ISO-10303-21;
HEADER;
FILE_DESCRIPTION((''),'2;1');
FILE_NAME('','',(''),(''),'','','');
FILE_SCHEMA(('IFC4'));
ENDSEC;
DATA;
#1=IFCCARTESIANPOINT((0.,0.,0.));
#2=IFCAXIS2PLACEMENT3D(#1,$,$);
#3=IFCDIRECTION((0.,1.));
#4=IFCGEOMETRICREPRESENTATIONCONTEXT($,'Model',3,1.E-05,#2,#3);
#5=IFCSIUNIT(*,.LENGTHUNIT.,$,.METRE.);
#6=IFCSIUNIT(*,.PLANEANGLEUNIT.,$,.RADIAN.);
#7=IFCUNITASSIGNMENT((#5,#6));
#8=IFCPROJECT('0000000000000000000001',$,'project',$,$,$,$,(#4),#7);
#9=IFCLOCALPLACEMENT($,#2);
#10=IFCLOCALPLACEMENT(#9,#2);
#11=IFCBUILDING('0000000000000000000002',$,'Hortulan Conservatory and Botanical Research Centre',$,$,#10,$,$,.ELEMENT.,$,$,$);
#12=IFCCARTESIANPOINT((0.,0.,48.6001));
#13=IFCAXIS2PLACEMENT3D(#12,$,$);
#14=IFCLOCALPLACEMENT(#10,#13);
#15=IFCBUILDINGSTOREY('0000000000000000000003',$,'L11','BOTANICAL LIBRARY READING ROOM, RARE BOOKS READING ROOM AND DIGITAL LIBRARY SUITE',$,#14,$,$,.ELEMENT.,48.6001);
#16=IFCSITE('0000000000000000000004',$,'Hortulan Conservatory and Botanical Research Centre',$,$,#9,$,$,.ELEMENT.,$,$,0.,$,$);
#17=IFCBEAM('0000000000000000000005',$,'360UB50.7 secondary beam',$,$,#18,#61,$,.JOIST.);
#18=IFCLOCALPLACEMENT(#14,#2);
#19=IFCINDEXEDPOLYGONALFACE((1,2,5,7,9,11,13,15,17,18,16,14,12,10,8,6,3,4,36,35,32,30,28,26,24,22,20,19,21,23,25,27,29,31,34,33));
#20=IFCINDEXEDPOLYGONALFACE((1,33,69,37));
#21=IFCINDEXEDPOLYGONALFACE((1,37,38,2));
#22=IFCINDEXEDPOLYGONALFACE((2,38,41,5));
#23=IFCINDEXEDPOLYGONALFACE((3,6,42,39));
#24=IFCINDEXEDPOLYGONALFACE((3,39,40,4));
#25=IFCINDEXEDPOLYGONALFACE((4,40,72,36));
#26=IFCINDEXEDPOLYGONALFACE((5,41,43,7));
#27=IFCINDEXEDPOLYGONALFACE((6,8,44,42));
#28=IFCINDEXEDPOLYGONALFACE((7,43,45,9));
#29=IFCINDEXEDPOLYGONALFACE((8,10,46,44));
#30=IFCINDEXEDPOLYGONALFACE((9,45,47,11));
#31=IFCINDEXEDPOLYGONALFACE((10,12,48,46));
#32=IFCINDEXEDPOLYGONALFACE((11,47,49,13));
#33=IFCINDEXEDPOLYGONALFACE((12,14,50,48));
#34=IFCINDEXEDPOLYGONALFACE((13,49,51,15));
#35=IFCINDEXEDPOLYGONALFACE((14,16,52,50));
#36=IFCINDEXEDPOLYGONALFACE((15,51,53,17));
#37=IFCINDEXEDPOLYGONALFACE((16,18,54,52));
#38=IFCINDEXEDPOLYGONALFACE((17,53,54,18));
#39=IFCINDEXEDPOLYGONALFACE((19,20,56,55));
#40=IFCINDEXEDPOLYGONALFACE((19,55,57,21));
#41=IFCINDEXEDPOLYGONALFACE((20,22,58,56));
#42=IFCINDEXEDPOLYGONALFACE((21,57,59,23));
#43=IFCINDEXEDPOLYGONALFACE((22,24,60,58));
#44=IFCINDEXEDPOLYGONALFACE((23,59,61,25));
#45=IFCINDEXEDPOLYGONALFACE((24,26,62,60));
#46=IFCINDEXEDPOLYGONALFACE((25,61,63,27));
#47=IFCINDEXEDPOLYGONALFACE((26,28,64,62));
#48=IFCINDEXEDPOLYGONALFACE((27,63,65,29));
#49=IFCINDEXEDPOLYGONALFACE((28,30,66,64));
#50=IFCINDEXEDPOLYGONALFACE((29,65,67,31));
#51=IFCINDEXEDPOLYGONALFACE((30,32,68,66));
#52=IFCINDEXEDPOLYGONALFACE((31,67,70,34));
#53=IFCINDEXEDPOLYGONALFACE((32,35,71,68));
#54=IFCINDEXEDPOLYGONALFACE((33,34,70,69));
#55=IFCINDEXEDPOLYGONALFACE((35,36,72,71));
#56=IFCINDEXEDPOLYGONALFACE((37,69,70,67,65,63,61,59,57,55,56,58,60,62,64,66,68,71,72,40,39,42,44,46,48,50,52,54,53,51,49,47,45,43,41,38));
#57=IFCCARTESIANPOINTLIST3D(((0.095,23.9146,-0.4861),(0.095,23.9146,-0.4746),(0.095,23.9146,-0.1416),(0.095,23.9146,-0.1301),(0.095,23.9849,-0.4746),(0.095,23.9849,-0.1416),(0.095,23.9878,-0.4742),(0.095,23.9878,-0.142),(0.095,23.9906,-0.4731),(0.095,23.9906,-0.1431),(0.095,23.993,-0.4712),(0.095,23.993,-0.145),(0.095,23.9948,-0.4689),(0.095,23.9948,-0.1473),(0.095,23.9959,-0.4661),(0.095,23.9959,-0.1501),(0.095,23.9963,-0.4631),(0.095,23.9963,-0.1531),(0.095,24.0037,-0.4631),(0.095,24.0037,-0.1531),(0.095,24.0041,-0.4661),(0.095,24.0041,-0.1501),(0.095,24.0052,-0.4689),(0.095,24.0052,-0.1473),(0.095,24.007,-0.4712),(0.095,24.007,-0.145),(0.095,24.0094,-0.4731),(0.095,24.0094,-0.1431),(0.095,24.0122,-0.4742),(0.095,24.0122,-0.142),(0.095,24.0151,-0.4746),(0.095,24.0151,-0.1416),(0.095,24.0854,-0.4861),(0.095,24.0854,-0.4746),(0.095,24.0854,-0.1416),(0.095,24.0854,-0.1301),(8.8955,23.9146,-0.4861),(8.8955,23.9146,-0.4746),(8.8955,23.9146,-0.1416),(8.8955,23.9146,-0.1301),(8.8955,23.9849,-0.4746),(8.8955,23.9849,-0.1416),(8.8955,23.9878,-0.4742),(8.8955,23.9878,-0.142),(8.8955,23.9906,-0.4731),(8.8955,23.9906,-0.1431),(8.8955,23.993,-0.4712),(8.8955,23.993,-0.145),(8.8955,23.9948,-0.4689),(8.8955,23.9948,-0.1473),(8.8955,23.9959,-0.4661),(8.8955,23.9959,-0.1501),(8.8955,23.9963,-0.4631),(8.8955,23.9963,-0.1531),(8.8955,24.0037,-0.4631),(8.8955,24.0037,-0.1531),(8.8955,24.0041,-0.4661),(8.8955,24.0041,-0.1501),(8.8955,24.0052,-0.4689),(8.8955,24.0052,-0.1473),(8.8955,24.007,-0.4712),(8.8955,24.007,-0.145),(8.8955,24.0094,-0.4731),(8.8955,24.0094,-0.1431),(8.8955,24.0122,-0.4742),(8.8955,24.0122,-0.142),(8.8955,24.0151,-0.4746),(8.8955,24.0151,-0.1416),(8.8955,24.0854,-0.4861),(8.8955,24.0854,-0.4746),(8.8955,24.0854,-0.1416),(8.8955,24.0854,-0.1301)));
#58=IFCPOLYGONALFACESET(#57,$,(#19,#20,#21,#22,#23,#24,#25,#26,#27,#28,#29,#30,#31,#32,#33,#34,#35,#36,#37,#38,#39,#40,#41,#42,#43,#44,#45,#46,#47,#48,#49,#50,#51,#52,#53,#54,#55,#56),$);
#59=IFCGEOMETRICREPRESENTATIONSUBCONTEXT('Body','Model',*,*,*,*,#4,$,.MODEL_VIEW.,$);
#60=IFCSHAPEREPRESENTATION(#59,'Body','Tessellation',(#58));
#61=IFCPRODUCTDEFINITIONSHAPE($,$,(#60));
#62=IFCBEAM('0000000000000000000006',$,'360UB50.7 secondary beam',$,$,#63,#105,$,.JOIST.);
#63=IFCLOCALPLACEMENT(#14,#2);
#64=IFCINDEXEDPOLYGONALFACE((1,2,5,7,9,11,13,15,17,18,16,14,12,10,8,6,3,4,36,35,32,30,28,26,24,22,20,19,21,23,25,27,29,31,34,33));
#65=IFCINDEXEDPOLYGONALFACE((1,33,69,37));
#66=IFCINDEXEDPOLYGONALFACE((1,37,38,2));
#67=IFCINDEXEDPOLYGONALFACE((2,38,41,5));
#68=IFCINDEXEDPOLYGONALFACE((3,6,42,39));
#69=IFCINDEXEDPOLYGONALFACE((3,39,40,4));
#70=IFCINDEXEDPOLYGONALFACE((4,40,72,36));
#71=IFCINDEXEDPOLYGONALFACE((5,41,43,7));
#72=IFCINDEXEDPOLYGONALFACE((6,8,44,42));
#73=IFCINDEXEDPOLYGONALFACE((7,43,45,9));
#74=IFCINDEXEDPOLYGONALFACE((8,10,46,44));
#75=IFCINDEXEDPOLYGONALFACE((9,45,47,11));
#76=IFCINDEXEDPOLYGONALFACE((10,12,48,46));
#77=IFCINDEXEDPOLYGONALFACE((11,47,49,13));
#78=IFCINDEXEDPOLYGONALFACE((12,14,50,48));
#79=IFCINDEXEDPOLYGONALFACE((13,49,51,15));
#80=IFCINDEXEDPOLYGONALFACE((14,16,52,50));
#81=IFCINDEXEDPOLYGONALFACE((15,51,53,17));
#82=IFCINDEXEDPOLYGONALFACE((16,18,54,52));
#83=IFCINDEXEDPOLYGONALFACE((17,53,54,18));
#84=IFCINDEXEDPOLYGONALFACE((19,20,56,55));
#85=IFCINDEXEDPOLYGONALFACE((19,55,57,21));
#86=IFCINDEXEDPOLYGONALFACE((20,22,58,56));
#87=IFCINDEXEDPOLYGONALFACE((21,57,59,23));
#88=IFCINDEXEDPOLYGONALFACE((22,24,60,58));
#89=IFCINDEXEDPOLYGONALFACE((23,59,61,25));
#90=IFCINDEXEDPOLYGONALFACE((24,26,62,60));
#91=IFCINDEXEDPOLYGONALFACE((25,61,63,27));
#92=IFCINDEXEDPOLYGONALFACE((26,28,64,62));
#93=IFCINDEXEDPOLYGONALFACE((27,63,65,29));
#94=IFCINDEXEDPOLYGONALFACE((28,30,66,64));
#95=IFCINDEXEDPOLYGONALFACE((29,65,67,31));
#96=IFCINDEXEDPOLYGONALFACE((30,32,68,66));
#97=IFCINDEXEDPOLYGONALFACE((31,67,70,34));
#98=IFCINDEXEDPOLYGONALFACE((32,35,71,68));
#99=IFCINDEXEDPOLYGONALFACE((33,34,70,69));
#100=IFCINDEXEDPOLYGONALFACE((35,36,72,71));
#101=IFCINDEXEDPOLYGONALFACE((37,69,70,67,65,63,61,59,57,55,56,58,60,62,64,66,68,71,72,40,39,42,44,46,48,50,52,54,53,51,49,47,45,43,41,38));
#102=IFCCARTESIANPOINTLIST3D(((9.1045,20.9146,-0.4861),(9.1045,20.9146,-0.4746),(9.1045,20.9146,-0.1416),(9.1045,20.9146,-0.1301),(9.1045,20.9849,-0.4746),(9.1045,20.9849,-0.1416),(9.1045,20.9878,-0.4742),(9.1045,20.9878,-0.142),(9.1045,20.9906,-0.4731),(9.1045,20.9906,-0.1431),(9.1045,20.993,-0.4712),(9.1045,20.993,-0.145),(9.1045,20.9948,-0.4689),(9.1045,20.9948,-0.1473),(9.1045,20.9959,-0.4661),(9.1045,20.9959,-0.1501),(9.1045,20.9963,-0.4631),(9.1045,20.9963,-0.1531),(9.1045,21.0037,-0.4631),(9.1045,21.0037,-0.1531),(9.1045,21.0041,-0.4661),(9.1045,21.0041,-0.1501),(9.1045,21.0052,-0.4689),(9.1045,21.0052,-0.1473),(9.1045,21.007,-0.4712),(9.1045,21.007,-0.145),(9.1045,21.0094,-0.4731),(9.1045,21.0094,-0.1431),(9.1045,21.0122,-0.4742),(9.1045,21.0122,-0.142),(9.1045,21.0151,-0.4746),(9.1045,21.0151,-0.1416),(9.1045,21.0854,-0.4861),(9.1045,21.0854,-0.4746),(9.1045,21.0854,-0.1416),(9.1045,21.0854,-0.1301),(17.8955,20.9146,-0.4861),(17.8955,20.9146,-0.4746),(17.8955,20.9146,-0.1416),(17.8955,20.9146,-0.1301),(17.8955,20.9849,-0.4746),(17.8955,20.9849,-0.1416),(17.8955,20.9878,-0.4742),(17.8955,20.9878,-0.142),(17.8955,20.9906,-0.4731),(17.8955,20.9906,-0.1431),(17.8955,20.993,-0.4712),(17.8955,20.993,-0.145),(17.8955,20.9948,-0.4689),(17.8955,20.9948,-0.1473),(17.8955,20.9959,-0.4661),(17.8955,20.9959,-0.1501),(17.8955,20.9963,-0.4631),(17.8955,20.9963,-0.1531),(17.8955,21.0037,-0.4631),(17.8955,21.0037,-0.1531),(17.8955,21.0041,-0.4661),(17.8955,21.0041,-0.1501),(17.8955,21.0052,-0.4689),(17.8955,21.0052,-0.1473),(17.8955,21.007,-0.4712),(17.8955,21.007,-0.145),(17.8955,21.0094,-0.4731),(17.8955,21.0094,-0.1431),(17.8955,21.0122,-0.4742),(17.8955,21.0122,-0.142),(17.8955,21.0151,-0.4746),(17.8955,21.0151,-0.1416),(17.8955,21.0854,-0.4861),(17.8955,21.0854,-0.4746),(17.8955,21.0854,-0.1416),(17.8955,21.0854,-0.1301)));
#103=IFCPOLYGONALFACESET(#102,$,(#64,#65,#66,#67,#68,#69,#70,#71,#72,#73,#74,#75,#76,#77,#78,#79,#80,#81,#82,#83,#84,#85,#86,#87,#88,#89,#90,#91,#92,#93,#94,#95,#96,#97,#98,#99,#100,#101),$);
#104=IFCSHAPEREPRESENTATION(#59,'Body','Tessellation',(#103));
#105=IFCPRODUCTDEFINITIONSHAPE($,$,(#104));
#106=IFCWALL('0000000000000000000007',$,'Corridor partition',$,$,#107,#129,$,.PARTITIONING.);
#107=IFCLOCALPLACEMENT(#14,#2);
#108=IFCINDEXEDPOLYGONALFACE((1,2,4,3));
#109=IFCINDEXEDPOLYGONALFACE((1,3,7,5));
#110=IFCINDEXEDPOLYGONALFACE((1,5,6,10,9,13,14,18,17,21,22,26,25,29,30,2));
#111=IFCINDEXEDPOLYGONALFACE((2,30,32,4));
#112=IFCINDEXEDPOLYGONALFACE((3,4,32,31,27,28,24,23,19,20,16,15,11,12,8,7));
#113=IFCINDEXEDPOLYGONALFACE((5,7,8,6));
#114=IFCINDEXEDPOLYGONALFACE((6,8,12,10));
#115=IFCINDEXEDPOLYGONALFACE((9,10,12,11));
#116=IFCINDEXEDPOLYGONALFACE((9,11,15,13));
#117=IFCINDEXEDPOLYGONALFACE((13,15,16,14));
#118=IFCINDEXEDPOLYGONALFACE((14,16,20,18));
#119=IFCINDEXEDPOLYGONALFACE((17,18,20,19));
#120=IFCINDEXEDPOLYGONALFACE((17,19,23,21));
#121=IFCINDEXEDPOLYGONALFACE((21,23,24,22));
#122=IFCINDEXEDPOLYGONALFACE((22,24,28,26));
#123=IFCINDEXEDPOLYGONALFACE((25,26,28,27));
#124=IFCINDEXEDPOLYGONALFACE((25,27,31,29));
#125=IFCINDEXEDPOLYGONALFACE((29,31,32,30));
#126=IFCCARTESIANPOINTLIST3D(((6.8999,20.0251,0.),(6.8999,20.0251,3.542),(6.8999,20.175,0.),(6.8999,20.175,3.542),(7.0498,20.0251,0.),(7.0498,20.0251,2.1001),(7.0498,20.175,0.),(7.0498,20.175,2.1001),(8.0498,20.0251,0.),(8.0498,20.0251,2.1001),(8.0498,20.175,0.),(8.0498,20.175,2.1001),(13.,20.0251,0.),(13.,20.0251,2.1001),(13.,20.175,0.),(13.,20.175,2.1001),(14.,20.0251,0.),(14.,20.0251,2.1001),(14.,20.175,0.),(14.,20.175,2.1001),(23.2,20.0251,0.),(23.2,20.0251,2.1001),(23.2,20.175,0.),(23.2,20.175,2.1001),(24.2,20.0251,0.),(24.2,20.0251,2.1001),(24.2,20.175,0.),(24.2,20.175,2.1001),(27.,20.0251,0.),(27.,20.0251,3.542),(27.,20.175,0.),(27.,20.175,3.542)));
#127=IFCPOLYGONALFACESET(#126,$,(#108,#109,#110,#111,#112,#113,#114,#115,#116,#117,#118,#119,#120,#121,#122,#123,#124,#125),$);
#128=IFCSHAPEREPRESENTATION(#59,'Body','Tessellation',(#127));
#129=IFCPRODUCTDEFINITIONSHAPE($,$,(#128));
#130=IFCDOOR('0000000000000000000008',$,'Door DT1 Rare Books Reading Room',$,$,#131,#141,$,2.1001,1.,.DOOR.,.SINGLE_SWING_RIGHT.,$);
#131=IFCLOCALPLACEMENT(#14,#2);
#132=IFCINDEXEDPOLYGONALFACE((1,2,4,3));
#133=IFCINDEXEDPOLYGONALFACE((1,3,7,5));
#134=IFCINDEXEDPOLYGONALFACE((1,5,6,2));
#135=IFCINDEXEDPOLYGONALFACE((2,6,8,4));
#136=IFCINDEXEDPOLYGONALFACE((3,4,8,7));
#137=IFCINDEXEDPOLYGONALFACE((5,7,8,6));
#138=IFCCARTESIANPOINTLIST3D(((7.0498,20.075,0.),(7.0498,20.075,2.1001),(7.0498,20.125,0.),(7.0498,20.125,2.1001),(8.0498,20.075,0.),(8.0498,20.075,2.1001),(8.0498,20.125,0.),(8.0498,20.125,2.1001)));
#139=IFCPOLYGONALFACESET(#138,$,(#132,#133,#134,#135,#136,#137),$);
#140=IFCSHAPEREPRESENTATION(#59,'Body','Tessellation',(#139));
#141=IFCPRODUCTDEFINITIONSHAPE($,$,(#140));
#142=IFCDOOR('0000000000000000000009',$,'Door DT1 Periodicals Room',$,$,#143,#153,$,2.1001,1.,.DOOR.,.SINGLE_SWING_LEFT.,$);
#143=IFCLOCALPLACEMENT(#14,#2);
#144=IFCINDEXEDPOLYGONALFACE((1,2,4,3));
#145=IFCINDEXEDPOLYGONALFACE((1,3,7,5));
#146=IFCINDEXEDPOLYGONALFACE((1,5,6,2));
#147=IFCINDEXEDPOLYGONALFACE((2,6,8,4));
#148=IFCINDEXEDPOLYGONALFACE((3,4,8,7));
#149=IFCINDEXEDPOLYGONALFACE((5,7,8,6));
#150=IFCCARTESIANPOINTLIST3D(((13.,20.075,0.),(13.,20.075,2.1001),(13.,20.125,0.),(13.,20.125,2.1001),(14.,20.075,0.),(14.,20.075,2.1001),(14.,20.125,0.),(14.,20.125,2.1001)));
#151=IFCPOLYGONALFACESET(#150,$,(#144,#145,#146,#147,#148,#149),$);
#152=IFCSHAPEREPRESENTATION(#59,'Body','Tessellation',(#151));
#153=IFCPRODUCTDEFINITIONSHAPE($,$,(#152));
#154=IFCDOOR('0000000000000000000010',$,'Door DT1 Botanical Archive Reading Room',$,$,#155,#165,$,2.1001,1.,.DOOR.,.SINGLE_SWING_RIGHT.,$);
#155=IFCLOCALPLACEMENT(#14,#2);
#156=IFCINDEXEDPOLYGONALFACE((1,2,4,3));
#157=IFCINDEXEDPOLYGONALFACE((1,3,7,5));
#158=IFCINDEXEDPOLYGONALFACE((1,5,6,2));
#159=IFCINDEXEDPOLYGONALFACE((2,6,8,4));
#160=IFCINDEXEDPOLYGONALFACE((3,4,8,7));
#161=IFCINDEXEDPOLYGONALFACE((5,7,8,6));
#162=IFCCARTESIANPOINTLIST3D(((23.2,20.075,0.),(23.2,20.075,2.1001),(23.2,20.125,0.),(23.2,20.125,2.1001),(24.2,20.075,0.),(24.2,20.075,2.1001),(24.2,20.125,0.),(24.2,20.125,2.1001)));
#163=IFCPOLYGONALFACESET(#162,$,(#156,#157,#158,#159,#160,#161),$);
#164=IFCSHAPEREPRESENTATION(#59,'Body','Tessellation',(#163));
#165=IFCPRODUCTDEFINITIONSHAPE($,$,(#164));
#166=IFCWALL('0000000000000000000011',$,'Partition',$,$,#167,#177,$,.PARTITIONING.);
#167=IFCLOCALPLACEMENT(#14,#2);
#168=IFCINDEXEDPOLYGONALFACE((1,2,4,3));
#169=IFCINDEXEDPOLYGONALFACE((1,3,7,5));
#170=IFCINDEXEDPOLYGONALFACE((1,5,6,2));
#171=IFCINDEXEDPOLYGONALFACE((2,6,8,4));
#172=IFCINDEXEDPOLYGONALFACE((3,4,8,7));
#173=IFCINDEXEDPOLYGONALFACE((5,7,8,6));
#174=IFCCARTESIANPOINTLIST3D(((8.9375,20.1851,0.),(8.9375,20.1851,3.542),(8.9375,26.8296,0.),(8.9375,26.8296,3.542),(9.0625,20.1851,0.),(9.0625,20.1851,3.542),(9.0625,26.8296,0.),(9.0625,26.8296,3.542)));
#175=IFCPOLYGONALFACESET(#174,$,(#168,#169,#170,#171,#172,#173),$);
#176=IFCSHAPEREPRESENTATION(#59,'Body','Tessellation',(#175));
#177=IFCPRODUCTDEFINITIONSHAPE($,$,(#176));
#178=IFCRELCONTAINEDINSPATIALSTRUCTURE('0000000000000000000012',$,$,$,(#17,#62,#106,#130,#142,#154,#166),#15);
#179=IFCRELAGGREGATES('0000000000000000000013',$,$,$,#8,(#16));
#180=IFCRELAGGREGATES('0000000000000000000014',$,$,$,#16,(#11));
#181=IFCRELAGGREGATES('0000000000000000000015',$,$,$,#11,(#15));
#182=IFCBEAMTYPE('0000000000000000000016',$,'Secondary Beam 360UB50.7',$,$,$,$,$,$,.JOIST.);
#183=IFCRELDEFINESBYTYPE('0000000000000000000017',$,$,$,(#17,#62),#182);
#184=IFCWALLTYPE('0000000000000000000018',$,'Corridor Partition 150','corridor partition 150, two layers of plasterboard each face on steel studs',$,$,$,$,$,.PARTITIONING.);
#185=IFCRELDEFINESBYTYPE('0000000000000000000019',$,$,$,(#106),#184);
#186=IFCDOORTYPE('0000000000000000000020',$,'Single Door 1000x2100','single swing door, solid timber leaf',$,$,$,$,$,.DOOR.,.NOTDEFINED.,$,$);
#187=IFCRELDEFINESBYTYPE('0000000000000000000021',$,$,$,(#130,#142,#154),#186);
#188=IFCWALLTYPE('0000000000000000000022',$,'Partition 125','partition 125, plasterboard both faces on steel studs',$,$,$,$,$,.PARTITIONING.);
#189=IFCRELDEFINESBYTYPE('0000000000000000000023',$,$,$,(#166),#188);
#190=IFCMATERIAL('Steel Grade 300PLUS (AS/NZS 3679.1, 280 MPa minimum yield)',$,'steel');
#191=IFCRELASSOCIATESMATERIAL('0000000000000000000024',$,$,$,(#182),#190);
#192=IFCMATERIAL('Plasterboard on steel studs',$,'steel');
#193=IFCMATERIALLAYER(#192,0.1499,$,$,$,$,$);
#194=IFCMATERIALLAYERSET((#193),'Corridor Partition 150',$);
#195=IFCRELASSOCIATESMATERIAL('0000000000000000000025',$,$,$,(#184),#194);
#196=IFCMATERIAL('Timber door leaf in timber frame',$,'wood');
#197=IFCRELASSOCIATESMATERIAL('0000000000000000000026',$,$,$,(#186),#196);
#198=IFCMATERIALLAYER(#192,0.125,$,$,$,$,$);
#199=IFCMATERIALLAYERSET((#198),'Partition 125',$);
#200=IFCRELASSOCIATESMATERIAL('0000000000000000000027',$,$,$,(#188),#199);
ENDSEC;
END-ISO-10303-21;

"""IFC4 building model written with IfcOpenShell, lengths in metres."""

from ifc_helpers import new_model, si_unit, direction, frame, frame_2d, origin, origin_2d, place, context, subcontext, project, spatial, rectangle, i_section, extrude, material, layer, layer_set, material_profile, profile_set, type_object, element, fill, save


model = new_model("IFC4")

# Units and contexts
model_context = context("Model", 3, precision=1e-05, world=origin(), true_north=direction((0.0, 1.0)))
body_context = subcontext(model_context, "Body", "Model", "MODEL_VIEW")
ifc_project = project(units=[si_unit("LENGTHUNIT", "METRE"), si_unit("PLANEANGLEUNIT", "RADIAN")], contexts=[model_context])

# Site, building, storey
site_placement = place(None, origin())
site = spatial("IfcSite", under=ifc_project, at=site_placement, Name="Hortulan Conservatory and Botanical Research Centre", CompositionType="ELEMENT", RefElevation=0.0)
building_placement = place(site_placement, origin())
building = spatial("IfcBuilding", under=site, at=building_placement, Name="Hortulan Conservatory and Botanical Research Centre", CompositionType="ELEMENT")
storey_placement = place(building_placement, frame((0.0, 0.0, 48.6001)))
storey = spatial("IfcBuildingStorey", under=building, at=storey_placement, Name="L11", Description="BOTANICAL LIBRARY READING ROOM, RARE BOOKS READING ROOM AND DIGITAL LIBRARY SUITE", CompositionType="ELEMENT", Elevation=48.6001)

# Shared definitions
ifc_material_1 = material(Name="Steel Grade 300PLUS (AS/NZS 3679.1, 280 MPa minimum yield)", Category="steel")

# Beams
ifc_material_profile_1 = material_profile(ifc_material_1, i_section(OverallWidth=0.1709, OverallDepth=0.356, WebThickness=0.0073, FlangeThickness=0.0115, FilletRadius=0.0115, at=origin_2d()), Name="360UB50.7")
ifc_profile_set_1 = profile_set([ifc_material_profile_1], Name="Steel Grade 300PLUS (AS/NZS 3679.1, 280 MPa minimum yield)")
beam_type_1 = type_object("IfcBeamType", Name="Secondary Beam 360UB50.7", PredefinedType="JOIST", material=ifc_profile_set_1)
for number, where, z_axis, x_axis, name in (
    (1, (0.095, 24.0, -0.3081), (1.0, 0.0, 0.0), (0.0, 1.0, 0.0), "360UB50.7 secondary beam"),
):
    element("IfcBeam", number, at=place(storey_placement, frame(where, z_axis=z_axis, x_axis=x_axis)), inside=storey, type_object=beam_type_1, Name=name, PredefinedType="JOIST", context=body_context, shape_type="SweptSolid", body=[
        extrude(i_section(OverallWidth=0.1709, OverallDepth=0.356, WebThickness=0.0073, FlangeThickness=0.0115, FilletRadius=0.0115, at=origin_2d()), origin(), (0.0, 0.0, 1.0), 8.8005),
    ])
beam_1_placement = place(storey_placement, frame((9.1045, 21.0, -0.3081), z_axis=(1.0, 0.0, 0.0), x_axis=(0.0, 1.0, 0.0)))
element("IfcBeam", 2, at=beam_1_placement, inside=storey, type_object=beam_type_1, Name="360UB50.7 secondary beam", PredefinedType="JOIST", context=body_context, shape_type="SweptSolid", body=[
    extrude(i_section(OverallWidth=0.1709, OverallDepth=0.356, WebThickness=0.0073, FlangeThickness=0.0115, FilletRadius=0.0115, at=origin_2d()), origin(), (0.0, 0.0, 1.0), 8.791),
])

# Wall, openings, doors
ifc_material_2 = material(Name="Plasterboard on steel studs", Category="steel")
ifc_layer_1 = layer(ifc_material_2, 0.1499)
ifc_layer_set_1 = layer_set([ifc_layer_1], Name="Corridor Partition 150")
wall_type_1 = type_object("IfcWallType", Name="Corridor Partition 150", Description="corridor partition 150, two layers of plasterboard each face on steel studs", PredefinedType="PARTITIONING", material=ifc_layer_set_1)
wall_1_placement = place(storey_placement, frame((6.8999, 20.1001, 0.0), z_axis=(0.0, 0.0, 1.0), x_axis=(1.0, 0.0, 0.0)))
wall_1 = element("IfcWall", 3, at=wall_1_placement, inside=storey, type_object=wall_type_1, Name="Corridor partition", PredefinedType="PARTITIONING", context=body_context, shape_type="SweptSolid", body=[
    extrude(rectangle(XDim=20.1001, YDim=0.1499, at=frame_2d((10.05, 0.0))), origin(), (0.0, 0.0, 1.0), 3.542),
])
opening_1_placement = place(wall_1_placement, frame((0.1499, 0.0, 0.0)))
opening_1 = element("IfcOpeningElement", 4, at=opening_1_placement, cuts=wall_1, PredefinedType="OPENING", context=body_context, shape_type="SweptSolid", body=[
    extrude(rectangle(XDim=1.0, YDim=2.1001, at=frame_2d((0.5, 1.05))), frame((0.0, 0.085, 0.0), z_axis=(0.0, -1.0, 0.0), x_axis=(1.0, 0.0, 0.0)), (0.0, 0.0, 1.0), 0.1699),
])
opening_2_placement = place(wall_1_placement, frame((6.1001, 0.0, 0.0)))
opening_2 = element("IfcOpeningElement", 5, at=opening_2_placement, cuts=wall_1, PredefinedType="OPENING", context=body_context, shape_type="SweptSolid", body=[
    extrude(rectangle(XDim=1.0, YDim=2.1001, at=frame_2d((0.5, 1.05))), frame((0.0, 0.085, 0.0), z_axis=(0.0, -1.0, 0.0), x_axis=(1.0, 0.0, 0.0)), (0.0, 0.0, 1.0), 0.1699),
])
opening_3_placement = place(wall_1_placement, frame((16.3, 0.0, 0.0)))
opening_3 = element("IfcOpeningElement", 6, at=opening_3_placement, cuts=wall_1, PredefinedType="OPENING", context=body_context, shape_type="SweptSolid", body=[
    extrude(rectangle(XDim=1.0, YDim=2.1001, at=frame_2d((0.5, 1.05))), frame((0.0, 0.085, 0.0), z_axis=(0.0, -1.0, 0.0), x_axis=(1.0, 0.0, 0.0)), (0.0, 0.0, 1.0), 0.1699),
])
ifc_material_3 = material(Name="Timber door leaf in timber frame", Category="wood")
door_type = type_object("IfcDoorType", Name="Single Door 1000x2100", Description="single swing door, solid timber leaf", OperationType="NOTDEFINED", PredefinedType="DOOR", material=ifc_material_3)
door_1_placement = place(opening_1_placement, origin())
door_1 = element("IfcDoor", 7, at=door_1_placement, inside=storey, type_object=door_type, Name="Door DT1 Rare Books Reading Room", OperationType="SINGLE_SWING_RIGHT", OverallHeight=2.1001, OverallWidth=1.0, PredefinedType="DOOR", context=body_context, shape_type="SweptSolid", body=[
    extrude(rectangle(XDim=1.0, YDim=2.1001, at=frame_2d((0.5, 1.05))), frame((0.0, 0.0249, 0.0), z_axis=(0.0, -1.0, 0.0), x_axis=(1.0, 0.0, 0.0)), (0.0, 0.0, 1.0), 0.05),
])
fill(opening_1, door_1)
door_2_placement = place(opening_2_placement, origin())
door_2 = element("IfcDoor", 8, at=door_2_placement, inside=storey, type_object=door_type, Name="Door DT1 Periodicals Room", OperationType="SINGLE_SWING_LEFT", OverallHeight=2.1001, OverallWidth=1.0, PredefinedType="DOOR", context=body_context, shape_type="SweptSolid", body=[
    extrude(rectangle(XDim=1.0, YDim=2.1001, at=frame_2d((0.5, 1.05))), frame((0.0, 0.0249, 0.0), z_axis=(0.0, -1.0, 0.0), x_axis=(1.0, 0.0, 0.0)), (0.0, 0.0, 1.0), 0.05),
])
fill(opening_2, door_2)
door_3_placement = place(opening_3_placement, origin())
door_3 = element("IfcDoor", 9, at=door_3_placement, inside=storey, type_object=door_type, Name="Door DT1 Botanical Archive Reading Room", OperationType="SINGLE_SWING_RIGHT", OverallHeight=2.1001, OverallWidth=1.0, PredefinedType="DOOR", context=body_context, shape_type="SweptSolid", body=[
    extrude(rectangle(XDim=1.0, YDim=2.1001, at=frame_2d((0.5, 1.05))), frame((0.0, 0.0249, 0.0), z_axis=(0.0, -1.0, 0.0), x_axis=(1.0, 0.0, 0.0)), (0.0, 0.0, 1.0), 0.05),
])
fill(opening_3, door_3)

# Wall
ifc_layer_2 = layer(ifc_material_2, 0.125)
ifc_layer_set_2 = layer_set([ifc_layer_2], Name="Partition 125")
wall_type_2 = type_object("IfcWallType", Name="Partition 125", Description="partition 125, plasterboard both faces on steel studs", PredefinedType="PARTITIONING", material=ifc_layer_set_2)
wall_2_placement = place(storey_placement, frame((9.0, 20.1851, 0.0), z_axis=(0.0, 0.0, 1.0), x_axis=(0.0, 1.0, 0.0)))
element("IfcWall", 10, at=wall_2_placement, inside=storey, type_object=wall_type_2, Name="Partition", PredefinedType="PARTITIONING", context=body_context, shape_type="SweptSolid", body=[
    extrude(rectangle(XDim=6.6445, YDim=0.125, at=frame_2d((3.3223, 0.0))), origin(), (0.0, 0.0, 1.0), 3.542),
])

save(model, "model.ifc")
